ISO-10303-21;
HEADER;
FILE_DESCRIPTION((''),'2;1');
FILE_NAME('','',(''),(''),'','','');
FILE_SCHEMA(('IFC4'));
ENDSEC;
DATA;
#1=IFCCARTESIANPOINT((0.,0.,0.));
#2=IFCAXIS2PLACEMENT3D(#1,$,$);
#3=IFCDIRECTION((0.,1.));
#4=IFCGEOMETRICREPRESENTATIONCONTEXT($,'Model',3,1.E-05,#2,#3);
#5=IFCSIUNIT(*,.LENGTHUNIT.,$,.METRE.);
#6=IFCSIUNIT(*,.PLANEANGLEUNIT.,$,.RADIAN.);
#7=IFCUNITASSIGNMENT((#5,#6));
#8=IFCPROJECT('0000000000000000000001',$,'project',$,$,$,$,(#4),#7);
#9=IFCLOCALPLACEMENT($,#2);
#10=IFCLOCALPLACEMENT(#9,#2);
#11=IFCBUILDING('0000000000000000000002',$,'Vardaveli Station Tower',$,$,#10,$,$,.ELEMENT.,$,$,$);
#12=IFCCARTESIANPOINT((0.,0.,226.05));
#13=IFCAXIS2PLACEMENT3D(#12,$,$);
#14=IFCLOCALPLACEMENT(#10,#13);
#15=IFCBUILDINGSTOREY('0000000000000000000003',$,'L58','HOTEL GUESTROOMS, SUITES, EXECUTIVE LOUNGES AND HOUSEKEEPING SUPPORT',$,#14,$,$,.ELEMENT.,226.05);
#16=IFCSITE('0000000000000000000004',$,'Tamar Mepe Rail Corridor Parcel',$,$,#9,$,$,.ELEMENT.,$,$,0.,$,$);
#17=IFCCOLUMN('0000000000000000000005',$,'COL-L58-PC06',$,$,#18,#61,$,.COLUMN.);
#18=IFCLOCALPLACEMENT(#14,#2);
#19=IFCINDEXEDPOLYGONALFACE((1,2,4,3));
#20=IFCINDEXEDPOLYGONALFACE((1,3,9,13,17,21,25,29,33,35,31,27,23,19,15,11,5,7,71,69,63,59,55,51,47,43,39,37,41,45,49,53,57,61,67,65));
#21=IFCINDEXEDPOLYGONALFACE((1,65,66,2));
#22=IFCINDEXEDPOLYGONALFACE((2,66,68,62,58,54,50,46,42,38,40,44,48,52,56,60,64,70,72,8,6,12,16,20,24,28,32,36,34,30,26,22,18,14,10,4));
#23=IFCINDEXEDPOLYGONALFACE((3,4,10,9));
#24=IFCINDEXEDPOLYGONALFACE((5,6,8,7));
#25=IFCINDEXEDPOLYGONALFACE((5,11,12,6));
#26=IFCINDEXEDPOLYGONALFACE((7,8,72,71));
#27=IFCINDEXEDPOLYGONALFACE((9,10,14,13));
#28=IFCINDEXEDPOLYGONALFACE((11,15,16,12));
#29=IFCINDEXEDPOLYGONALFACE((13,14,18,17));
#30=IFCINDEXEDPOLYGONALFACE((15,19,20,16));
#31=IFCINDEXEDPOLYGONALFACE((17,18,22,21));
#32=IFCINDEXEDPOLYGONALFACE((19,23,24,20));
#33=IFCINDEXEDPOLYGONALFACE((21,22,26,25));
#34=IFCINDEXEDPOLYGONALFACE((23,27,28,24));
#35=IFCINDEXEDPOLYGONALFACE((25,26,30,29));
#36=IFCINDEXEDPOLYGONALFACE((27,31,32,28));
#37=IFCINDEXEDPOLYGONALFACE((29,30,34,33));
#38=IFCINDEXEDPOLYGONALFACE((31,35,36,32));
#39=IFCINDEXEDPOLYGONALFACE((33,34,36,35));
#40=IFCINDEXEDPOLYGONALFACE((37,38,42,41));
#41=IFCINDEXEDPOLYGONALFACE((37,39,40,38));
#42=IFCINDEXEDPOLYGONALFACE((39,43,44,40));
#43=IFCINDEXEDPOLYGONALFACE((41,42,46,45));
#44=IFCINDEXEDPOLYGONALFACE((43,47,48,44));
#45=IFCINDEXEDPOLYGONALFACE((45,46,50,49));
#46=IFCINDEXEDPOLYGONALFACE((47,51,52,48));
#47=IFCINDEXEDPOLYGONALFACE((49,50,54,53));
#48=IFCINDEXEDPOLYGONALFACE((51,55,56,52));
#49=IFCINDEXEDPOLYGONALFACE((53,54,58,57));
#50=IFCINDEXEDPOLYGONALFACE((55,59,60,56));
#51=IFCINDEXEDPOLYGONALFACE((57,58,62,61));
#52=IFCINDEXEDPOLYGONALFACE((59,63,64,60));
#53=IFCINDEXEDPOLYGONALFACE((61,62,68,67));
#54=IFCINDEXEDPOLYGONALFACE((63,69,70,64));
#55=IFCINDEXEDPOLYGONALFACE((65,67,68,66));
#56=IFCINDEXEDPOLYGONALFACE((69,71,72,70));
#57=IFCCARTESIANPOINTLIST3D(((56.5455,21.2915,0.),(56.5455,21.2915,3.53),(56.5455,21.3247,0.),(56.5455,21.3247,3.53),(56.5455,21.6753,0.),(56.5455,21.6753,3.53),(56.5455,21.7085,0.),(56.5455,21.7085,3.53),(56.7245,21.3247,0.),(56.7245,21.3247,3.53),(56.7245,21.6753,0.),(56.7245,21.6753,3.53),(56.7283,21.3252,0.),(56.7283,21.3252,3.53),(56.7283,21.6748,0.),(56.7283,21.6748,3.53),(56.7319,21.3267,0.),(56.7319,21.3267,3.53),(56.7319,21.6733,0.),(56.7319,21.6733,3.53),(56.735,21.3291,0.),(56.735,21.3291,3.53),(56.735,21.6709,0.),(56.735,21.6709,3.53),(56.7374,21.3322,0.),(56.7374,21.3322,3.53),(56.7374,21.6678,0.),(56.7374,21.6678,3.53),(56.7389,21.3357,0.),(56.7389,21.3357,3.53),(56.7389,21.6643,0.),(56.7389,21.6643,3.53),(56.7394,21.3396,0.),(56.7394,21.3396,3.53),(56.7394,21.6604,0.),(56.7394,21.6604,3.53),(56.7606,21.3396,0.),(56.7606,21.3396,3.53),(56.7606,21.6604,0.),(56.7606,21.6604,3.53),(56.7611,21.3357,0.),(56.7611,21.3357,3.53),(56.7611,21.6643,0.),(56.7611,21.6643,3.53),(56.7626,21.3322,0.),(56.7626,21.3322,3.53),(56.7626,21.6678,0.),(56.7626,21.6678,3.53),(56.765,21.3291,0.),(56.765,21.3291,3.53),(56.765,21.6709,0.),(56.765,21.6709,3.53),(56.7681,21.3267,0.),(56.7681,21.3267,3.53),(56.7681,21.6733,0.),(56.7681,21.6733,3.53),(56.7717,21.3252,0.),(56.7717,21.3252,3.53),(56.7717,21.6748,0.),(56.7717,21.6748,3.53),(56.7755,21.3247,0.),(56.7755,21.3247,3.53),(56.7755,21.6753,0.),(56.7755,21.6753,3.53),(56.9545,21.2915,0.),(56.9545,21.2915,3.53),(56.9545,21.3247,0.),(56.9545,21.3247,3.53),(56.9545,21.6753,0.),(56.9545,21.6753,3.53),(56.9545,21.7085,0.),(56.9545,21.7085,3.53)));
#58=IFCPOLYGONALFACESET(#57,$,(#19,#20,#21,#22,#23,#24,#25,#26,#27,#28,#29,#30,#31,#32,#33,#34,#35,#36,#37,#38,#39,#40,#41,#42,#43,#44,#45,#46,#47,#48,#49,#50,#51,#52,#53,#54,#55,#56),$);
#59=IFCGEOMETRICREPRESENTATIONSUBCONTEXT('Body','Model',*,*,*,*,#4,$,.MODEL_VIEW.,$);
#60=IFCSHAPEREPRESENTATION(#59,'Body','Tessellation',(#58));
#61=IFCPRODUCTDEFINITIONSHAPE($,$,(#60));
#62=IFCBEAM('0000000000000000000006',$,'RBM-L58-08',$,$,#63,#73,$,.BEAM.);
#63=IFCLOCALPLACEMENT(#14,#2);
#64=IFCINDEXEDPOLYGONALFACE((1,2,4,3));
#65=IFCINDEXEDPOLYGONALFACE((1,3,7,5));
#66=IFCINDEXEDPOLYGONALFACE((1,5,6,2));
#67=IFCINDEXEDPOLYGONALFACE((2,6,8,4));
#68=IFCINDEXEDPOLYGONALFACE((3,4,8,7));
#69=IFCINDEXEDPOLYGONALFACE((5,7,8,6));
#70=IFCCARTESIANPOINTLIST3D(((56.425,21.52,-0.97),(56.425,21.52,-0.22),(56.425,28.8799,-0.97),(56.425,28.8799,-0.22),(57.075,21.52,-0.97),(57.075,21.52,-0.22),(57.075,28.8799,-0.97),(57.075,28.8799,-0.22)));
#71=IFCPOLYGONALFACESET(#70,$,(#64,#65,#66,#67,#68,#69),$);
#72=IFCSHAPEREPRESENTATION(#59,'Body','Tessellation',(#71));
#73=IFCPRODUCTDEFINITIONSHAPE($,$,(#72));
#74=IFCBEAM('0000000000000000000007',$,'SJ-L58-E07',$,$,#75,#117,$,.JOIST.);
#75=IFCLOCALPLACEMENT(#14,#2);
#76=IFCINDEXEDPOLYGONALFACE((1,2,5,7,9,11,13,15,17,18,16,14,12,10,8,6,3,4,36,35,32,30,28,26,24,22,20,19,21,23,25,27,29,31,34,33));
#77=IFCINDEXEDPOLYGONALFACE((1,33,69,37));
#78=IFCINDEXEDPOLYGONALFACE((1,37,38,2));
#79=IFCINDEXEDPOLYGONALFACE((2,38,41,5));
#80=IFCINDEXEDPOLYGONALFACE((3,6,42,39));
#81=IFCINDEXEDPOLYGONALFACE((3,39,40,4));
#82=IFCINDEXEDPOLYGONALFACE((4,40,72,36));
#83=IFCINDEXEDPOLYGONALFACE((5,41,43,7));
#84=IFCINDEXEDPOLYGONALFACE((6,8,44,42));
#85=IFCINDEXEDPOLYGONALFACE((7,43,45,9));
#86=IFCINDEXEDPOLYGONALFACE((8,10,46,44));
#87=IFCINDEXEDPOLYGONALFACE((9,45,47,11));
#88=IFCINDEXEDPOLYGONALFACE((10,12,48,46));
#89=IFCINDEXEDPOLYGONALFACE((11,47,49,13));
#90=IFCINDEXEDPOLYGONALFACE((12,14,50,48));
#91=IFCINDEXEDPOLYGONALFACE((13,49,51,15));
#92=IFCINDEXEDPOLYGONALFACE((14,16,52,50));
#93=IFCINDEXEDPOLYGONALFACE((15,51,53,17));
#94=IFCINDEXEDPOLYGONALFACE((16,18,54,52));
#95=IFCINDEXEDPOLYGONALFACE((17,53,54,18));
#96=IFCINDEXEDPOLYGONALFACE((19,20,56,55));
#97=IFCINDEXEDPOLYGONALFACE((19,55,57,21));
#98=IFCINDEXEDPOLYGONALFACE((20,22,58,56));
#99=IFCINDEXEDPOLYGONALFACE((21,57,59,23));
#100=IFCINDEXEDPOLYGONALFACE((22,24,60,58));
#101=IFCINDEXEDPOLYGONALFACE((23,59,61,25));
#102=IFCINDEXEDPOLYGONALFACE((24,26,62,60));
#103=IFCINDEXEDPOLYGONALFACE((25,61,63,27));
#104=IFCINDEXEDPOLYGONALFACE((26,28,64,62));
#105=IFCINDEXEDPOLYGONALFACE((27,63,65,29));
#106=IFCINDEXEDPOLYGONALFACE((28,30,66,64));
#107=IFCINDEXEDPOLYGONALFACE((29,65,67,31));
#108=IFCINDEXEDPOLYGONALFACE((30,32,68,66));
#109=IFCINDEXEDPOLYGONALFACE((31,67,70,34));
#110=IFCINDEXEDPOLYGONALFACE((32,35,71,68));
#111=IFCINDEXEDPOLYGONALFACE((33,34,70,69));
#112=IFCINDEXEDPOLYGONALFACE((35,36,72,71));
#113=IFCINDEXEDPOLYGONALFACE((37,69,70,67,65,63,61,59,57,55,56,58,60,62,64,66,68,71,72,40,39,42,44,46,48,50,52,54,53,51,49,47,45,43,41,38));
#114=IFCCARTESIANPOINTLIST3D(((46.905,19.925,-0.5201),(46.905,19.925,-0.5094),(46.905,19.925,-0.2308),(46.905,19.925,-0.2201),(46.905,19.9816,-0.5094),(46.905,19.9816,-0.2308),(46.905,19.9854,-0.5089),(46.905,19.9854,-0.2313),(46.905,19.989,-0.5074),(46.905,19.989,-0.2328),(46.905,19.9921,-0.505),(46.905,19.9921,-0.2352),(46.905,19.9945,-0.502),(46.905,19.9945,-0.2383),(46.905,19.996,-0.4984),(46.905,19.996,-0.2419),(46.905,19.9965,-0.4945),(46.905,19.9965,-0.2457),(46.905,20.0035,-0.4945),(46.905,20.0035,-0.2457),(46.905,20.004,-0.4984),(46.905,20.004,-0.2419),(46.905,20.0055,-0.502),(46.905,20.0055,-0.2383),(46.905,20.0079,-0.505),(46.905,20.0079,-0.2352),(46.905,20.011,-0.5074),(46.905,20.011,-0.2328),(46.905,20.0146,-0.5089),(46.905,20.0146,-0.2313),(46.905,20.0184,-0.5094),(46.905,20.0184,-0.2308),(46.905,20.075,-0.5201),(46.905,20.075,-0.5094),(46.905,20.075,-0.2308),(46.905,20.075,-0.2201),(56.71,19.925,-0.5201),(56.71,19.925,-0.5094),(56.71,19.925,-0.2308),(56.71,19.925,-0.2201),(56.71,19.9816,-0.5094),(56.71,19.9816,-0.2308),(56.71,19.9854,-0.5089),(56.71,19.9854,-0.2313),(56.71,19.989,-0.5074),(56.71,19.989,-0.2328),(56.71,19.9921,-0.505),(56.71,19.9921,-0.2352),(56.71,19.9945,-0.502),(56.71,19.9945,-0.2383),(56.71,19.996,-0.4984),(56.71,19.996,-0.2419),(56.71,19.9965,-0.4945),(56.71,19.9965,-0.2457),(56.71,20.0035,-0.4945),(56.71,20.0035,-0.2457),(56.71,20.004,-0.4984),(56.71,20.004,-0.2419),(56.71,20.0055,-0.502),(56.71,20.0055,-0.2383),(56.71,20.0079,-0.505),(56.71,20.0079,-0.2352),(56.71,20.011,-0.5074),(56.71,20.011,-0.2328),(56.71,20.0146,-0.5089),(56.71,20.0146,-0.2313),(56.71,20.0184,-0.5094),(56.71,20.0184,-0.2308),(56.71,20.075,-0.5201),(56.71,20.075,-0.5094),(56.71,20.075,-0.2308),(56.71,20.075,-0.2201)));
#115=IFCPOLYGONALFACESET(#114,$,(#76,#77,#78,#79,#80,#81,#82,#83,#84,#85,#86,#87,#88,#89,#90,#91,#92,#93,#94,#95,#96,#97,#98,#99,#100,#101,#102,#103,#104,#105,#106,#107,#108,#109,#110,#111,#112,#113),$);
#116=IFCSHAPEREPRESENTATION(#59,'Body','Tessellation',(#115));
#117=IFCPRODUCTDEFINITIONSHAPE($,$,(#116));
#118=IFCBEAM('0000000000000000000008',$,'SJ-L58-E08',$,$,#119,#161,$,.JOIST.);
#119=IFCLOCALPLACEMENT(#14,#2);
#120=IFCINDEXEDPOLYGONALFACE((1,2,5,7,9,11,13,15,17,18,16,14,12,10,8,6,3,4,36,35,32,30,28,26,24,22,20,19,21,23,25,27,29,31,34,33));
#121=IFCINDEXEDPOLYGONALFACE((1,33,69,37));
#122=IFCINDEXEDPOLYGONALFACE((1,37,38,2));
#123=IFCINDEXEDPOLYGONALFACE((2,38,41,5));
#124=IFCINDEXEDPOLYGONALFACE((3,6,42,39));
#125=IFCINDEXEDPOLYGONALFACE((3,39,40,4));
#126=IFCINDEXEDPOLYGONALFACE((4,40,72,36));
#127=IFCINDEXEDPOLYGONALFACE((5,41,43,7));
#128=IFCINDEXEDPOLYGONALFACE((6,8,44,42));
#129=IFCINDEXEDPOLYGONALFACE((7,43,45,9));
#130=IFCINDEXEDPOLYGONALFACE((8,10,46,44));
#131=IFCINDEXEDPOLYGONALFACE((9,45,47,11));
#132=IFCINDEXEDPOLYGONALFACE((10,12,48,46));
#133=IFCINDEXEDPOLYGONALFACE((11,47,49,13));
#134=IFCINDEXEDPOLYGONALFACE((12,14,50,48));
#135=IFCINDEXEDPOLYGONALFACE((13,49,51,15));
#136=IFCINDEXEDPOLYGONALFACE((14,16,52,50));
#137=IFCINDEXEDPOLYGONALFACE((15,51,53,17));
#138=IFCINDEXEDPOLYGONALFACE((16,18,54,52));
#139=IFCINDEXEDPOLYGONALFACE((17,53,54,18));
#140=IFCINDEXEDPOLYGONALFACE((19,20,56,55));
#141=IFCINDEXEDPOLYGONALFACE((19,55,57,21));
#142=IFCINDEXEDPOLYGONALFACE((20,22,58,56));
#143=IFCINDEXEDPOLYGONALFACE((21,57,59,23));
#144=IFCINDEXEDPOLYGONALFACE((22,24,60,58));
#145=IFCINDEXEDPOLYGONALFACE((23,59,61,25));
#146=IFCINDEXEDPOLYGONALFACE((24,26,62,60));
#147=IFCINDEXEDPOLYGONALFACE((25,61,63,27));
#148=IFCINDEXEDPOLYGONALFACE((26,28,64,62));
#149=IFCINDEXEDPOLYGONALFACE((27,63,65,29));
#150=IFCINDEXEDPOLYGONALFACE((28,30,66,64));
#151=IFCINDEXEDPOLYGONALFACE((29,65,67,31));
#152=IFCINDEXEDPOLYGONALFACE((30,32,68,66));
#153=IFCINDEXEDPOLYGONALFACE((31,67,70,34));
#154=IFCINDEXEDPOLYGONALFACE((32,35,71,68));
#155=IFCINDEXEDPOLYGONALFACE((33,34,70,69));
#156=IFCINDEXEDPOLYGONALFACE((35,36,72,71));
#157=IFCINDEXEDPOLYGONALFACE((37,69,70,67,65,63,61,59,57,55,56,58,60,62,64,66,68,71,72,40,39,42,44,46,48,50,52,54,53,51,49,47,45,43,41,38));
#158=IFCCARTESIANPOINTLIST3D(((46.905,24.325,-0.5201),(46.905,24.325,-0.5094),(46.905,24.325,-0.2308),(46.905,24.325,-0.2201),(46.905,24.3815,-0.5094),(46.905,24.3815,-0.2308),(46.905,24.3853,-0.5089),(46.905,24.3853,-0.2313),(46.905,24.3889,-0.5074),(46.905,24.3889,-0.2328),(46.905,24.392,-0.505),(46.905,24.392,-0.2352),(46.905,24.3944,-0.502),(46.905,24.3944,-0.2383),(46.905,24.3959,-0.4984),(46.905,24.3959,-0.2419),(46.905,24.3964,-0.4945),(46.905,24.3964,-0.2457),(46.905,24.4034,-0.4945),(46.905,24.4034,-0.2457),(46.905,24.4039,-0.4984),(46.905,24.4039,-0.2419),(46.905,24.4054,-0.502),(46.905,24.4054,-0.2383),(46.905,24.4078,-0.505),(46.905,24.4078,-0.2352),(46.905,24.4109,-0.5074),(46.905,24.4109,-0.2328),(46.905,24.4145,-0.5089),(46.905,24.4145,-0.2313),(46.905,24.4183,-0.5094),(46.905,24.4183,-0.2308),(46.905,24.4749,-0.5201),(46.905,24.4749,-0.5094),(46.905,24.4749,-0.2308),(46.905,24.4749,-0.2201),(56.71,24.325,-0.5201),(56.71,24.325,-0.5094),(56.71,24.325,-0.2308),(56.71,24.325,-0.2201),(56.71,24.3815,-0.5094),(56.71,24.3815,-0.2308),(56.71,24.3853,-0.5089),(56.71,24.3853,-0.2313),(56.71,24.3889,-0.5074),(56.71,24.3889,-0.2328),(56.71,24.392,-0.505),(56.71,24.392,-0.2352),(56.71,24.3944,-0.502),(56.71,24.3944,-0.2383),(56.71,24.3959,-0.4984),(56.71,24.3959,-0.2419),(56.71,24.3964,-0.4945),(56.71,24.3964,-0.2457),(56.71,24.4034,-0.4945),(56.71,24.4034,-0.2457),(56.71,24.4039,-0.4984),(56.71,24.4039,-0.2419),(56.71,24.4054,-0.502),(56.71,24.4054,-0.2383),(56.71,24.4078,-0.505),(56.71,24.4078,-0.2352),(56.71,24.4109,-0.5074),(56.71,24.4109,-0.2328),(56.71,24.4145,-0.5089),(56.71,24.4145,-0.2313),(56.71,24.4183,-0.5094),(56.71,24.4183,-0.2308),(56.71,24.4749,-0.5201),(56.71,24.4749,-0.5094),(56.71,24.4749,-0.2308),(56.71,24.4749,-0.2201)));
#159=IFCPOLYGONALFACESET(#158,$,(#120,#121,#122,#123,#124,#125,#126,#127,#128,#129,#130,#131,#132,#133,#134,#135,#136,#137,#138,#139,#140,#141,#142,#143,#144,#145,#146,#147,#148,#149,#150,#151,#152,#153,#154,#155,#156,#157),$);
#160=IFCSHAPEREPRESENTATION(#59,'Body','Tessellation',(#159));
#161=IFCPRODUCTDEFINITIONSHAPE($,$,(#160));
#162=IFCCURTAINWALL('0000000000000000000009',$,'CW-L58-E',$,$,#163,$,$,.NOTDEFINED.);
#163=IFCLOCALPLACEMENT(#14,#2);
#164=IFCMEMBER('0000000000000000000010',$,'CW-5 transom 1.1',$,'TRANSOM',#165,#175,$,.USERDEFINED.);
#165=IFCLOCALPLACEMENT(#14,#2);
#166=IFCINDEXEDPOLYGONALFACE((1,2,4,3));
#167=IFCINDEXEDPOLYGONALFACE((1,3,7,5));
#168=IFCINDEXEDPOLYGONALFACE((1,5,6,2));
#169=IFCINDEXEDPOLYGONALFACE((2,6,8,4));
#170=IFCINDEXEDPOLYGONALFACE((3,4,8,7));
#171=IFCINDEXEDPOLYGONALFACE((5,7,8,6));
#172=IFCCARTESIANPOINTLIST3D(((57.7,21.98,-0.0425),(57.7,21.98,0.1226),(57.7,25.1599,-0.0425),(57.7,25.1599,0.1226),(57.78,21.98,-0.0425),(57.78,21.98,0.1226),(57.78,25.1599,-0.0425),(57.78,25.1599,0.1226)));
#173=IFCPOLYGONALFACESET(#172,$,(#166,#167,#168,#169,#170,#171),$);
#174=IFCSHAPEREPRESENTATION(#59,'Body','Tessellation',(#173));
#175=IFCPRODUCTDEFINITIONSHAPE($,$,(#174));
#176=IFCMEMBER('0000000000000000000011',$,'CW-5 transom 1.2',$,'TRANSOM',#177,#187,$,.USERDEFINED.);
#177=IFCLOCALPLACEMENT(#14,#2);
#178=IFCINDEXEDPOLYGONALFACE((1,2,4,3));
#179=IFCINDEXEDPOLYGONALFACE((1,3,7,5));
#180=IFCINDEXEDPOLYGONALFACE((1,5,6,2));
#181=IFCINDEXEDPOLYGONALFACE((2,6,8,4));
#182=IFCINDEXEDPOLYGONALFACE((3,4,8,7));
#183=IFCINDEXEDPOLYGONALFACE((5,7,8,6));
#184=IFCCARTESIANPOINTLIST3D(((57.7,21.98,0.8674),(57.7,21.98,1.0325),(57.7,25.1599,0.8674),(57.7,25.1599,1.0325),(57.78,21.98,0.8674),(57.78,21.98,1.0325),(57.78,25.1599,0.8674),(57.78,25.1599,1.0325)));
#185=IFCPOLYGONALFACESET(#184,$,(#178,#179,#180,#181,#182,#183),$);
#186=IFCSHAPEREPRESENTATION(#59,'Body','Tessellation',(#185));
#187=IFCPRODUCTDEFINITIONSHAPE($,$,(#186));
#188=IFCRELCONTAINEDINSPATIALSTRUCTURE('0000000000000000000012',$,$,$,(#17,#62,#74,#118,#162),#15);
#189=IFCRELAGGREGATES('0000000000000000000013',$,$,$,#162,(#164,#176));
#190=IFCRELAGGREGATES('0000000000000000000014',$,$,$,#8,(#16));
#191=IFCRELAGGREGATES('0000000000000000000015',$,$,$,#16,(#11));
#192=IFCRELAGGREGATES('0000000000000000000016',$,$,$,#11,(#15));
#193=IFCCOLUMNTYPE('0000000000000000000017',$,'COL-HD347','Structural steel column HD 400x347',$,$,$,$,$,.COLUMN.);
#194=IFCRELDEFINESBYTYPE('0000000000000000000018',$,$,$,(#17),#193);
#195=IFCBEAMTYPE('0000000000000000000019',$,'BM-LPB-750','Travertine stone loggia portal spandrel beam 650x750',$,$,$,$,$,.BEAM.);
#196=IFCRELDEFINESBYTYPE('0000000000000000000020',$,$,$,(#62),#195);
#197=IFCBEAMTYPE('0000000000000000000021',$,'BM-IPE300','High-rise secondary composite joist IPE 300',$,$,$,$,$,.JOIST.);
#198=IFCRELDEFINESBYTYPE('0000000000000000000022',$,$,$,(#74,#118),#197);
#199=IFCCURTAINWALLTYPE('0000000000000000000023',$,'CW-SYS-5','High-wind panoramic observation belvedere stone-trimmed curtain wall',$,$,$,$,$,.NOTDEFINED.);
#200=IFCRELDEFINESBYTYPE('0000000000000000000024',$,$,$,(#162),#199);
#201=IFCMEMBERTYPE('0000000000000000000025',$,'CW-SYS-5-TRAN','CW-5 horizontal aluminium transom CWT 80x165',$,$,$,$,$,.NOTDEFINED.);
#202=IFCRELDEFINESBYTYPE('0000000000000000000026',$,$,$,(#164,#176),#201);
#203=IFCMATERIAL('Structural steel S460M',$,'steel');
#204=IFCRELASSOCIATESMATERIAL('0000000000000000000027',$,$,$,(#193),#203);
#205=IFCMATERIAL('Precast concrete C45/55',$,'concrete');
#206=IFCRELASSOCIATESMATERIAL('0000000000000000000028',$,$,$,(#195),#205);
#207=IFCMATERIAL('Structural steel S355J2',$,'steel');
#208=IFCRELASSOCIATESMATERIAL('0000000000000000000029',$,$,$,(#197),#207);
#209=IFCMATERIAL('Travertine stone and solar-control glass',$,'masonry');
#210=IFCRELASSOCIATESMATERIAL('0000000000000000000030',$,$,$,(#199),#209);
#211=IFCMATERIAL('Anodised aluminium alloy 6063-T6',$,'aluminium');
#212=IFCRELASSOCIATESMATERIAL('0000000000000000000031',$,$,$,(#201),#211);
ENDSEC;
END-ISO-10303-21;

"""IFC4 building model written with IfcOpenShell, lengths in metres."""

from ifc_helpers import new_model, si_unit, direction, frame, origin, origin_2d, place, context, subcontext, project, spatial, rectangle, i_section, extrude, source, transform, mapped, material, material_profile, profile_set, type_object, element, aggregate, save


model = new_model("IFC4")

# Units and contexts
model_context = context("Model", 3, precision=1e-05, world=origin(), true_north=direction((0.0, 1.0)))
body_context = subcontext(model_context, "Body", "Model", "MODEL_VIEW")
ifc_project = project(units=[si_unit("LENGTHUNIT", "METRE"), si_unit("PLANEANGLEUNIT", "RADIAN")], contexts=[model_context])

# Site, building, storey
site_placement = place(None, origin())
site = spatial("IfcSite", under=ifc_project, at=site_placement, Name="Tamar Mepe Rail Corridor Parcel", CompositionType="ELEMENT", RefElevation=0.0)
building_placement = place(site_placement, origin())
building = spatial("IfcBuilding", under=site, at=building_placement, Name="Vardaveli Station Tower", CompositionType="ELEMENT")
storey_placement = place(building_placement, frame((0.0, 0.0, 226.05)))
storey = spatial("IfcBuildingStorey", under=building, at=storey_placement, Name="L58", Description="HOTEL GUESTROOMS, SUITES, EXECUTIVE LOUNGES AND HOUSEKEEPING SUPPORT", CompositionType="ELEMENT", Elevation=226.05)

# Column
ifc_material_1 = material(Name="Structural steel S460M", Category="steel")
ifc_material_profile_1 = material_profile(ifc_material_1, i_section(OverallWidth=0.4089, OverallDepth=0.417, WebThickness=0.0212, FlangeThickness=0.0332, FilletRadius=0.0149, at=origin_2d()), Name="HD 400x347")
ifc_profile_set_1 = profile_set([ifc_material_profile_1], Name="Structural steel S460M")
column_type = type_object("IfcColumnType", Name="COL-HD347", Description="Structural steel column HD 400x347", PredefinedType="COLUMN", material=ifc_profile_set_1)
shared_shape_1 = source(origin(), body_context, "Body", "SweptSolid", [
    extrude(i_section(OverallWidth=0.4089, OverallDepth=0.417, WebThickness=0.0212, FlangeThickness=0.0332, FilletRadius=0.0149, at=origin_2d()), origin(), (0.0, 0.0, 1.0), 3.53),
])
column_placement = place(storey_placement, frame((56.75, 21.5, 0.0), z_axis=(0.0, 0.0, 1.0), x_axis=(1.0, 0.0, 0.0)))
element("IfcColumn", 1, at=column_placement, inside=storey, type_object=column_type, Name="COL-L58-PC06", PredefinedType="COLUMN", context=body_context, shape_type="MappedRepresentation", body=[
    mapped(shared_shape_1, transform((0.0, 0.0, 0.0), scale=1.0)),
])

# Beams
ifc_material_2 = material(Name="Precast concrete C45/55", Category="concrete")
ifc_material_profile_2 = material_profile(ifc_material_2, rectangle(XDim=0.6499, YDim=0.75, at=origin_2d()), Name="LPB 650x750")
ifc_profile_set_2 = profile_set([ifc_material_profile_2], Name="Precast concrete C45/55")
beam_type_1 = type_object("IfcBeamType", Name="BM-LPB-750", Description="Travertine stone loggia portal spandrel beam 650x750", PredefinedType="BEAM", material=ifc_profile_set_2)
shared_shape_2 = source(origin(), body_context, "Body", "SweptSolid", [
    extrude(rectangle(XDim=0.6499, YDim=0.75, at=origin_2d()), origin(), (0.0, 0.0, 1.0), 7.3599),
])
beam_placement = place(storey_placement, frame((56.75, 21.52, -0.595), z_axis=(0.0, 1.0, 0.0), x_axis=(-1.0, 0.0, 0.0)))
element("IfcBeam", 2, at=beam_placement, inside=storey, type_object=beam_type_1, Name="RBM-L58-08", PredefinedType="BEAM", context=body_context, shape_type="MappedRepresentation", body=[
    mapped(shared_shape_2, transform((0.0, 0.0, 0.0), scale=1.0)),
])
ifc_material_3 = material(Name="Structural steel S355J2", Category="steel")
ifc_material_profile_3 = material_profile(ifc_material_3, i_section(OverallWidth=0.1499, OverallDepth=0.3, WebThickness=0.0071, FlangeThickness=0.0107, FilletRadius=0.0149, at=origin_2d()), Name="IPE 300")
ifc_profile_set_3 = profile_set([ifc_material_profile_3], Name="Structural steel S355J2")
beam_type_2 = type_object("IfcBeamType", Name="BM-IPE300", Description="High-rise secondary composite joist IPE 300", PredefinedType="JOIST", material=ifc_profile_set_3)
shared_shape_3 = source(origin(), body_context, "Body", "SweptSolid", [
    extrude(i_section(OverallWidth=0.1499, OverallDepth=0.3, WebThickness=0.0071, FlangeThickness=0.0107, FilletRadius=0.0149, at=origin_2d()), origin(), (0.0, 0.0, 1.0), 9.8049),
])
for number, where, z_axis, x_axis, name in (
    (3, (46.905, 20.0, -0.3701), (1.0, 0.0, 0.0), (0.0, 1.0, 0.0), "SJ-L58-E07"),
    (4, (46.905, 24.3999, -0.3701), (1.0, 0.0, 0.0), (0.0, 1.0, 0.0), "SJ-L58-E08"),
):
    element("IfcBeam", number, at=place(storey_placement, frame(where, z_axis=z_axis, x_axis=x_axis)), inside=storey, type_object=beam_type_2, Name=name, PredefinedType="JOIST", context=body_context, shape_type="MappedRepresentation", body=[
        mapped(shared_shape_3, transform((0.0, 0.0, 0.0), scale=1.0)),
    ])

# Curtain wall, members
ifc_material_4 = material(Name="Travertine stone and solar-control glass", Category="masonry")
curtain_wall_type = type_object("IfcCurtainWallType", Name="CW-SYS-5", Description="High-wind panoramic observation belvedere stone-trimmed curtain wall", PredefinedType="NOTDEFINED", material=ifc_material_4)
curtain_wall_placement = place(storey_placement, origin())
curtain_wall = element("IfcCurtainWall", 5, at=curtain_wall_placement, inside=storey, type_object=curtain_wall_type, Name="CW-L58-E", PredefinedType="NOTDEFINED")
ifc_material_5 = material(Name="Anodised aluminium alloy 6063-T6", Category="aluminium")
ifc_material_profile_4 = material_profile(ifc_material_5, rectangle(XDim=0.0801, YDim=0.165, at=origin_2d()), Name="CWT 80x165")
ifc_profile_set_4 = profile_set([ifc_material_profile_4], Name="Anodised aluminium alloy 6063-T6")
member_type_1 = type_object("IfcMemberType", Name="CW-SYS-5-TRAN", Description="CW-5 horizontal aluminium transom CWT 80x165", PredefinedType="NOTDEFINED", material=ifc_profile_set_4)
shared_shape_4 = source(origin(), body_context, "Body", "SweptSolid", [
    extrude(rectangle(XDim=0.0801, YDim=0.165, at=origin_2d()), origin(), (0.0, 0.0, 1.0), 3.1799),
])
member_1_placement = place(storey_placement, frame((57.74, 21.98, 0.04), z_axis=(0.0, 1.0, 0.0), x_axis=(-1.0, 0.0, 0.0)))
member_1 = element("IfcMember", 6, at=member_1_placement, type_object=member_type_1, Name="CW-5 transom 1.1", ObjectType="TRANSOM", PredefinedType="USERDEFINED", context=body_context, shape_type="MappedRepresentation", body=[
    mapped(shared_shape_4, transform((0.0, 0.0, 0.0), scale=1.0)),
])
member_2_placement = place(storey_placement, frame((57.74, 21.98, 0.95), z_axis=(0.0, 1.0, 0.0), x_axis=(-1.0, 0.0, 0.0)))
member_2 = element("IfcMember", 7, at=member_2_placement, type_object=member_type_1, Name="CW-5 transom 1.2", ObjectType="TRANSOM", PredefinedType="USERDEFINED", context=body_context, shape_type="MappedRepresentation", body=[
    mapped(shared_shape_4, transform((0.0, 0.0, 0.0), scale=1.0)),
])
aggregate(curtain_wall, [member_1, member_2])

save(model, "model.ifc")
